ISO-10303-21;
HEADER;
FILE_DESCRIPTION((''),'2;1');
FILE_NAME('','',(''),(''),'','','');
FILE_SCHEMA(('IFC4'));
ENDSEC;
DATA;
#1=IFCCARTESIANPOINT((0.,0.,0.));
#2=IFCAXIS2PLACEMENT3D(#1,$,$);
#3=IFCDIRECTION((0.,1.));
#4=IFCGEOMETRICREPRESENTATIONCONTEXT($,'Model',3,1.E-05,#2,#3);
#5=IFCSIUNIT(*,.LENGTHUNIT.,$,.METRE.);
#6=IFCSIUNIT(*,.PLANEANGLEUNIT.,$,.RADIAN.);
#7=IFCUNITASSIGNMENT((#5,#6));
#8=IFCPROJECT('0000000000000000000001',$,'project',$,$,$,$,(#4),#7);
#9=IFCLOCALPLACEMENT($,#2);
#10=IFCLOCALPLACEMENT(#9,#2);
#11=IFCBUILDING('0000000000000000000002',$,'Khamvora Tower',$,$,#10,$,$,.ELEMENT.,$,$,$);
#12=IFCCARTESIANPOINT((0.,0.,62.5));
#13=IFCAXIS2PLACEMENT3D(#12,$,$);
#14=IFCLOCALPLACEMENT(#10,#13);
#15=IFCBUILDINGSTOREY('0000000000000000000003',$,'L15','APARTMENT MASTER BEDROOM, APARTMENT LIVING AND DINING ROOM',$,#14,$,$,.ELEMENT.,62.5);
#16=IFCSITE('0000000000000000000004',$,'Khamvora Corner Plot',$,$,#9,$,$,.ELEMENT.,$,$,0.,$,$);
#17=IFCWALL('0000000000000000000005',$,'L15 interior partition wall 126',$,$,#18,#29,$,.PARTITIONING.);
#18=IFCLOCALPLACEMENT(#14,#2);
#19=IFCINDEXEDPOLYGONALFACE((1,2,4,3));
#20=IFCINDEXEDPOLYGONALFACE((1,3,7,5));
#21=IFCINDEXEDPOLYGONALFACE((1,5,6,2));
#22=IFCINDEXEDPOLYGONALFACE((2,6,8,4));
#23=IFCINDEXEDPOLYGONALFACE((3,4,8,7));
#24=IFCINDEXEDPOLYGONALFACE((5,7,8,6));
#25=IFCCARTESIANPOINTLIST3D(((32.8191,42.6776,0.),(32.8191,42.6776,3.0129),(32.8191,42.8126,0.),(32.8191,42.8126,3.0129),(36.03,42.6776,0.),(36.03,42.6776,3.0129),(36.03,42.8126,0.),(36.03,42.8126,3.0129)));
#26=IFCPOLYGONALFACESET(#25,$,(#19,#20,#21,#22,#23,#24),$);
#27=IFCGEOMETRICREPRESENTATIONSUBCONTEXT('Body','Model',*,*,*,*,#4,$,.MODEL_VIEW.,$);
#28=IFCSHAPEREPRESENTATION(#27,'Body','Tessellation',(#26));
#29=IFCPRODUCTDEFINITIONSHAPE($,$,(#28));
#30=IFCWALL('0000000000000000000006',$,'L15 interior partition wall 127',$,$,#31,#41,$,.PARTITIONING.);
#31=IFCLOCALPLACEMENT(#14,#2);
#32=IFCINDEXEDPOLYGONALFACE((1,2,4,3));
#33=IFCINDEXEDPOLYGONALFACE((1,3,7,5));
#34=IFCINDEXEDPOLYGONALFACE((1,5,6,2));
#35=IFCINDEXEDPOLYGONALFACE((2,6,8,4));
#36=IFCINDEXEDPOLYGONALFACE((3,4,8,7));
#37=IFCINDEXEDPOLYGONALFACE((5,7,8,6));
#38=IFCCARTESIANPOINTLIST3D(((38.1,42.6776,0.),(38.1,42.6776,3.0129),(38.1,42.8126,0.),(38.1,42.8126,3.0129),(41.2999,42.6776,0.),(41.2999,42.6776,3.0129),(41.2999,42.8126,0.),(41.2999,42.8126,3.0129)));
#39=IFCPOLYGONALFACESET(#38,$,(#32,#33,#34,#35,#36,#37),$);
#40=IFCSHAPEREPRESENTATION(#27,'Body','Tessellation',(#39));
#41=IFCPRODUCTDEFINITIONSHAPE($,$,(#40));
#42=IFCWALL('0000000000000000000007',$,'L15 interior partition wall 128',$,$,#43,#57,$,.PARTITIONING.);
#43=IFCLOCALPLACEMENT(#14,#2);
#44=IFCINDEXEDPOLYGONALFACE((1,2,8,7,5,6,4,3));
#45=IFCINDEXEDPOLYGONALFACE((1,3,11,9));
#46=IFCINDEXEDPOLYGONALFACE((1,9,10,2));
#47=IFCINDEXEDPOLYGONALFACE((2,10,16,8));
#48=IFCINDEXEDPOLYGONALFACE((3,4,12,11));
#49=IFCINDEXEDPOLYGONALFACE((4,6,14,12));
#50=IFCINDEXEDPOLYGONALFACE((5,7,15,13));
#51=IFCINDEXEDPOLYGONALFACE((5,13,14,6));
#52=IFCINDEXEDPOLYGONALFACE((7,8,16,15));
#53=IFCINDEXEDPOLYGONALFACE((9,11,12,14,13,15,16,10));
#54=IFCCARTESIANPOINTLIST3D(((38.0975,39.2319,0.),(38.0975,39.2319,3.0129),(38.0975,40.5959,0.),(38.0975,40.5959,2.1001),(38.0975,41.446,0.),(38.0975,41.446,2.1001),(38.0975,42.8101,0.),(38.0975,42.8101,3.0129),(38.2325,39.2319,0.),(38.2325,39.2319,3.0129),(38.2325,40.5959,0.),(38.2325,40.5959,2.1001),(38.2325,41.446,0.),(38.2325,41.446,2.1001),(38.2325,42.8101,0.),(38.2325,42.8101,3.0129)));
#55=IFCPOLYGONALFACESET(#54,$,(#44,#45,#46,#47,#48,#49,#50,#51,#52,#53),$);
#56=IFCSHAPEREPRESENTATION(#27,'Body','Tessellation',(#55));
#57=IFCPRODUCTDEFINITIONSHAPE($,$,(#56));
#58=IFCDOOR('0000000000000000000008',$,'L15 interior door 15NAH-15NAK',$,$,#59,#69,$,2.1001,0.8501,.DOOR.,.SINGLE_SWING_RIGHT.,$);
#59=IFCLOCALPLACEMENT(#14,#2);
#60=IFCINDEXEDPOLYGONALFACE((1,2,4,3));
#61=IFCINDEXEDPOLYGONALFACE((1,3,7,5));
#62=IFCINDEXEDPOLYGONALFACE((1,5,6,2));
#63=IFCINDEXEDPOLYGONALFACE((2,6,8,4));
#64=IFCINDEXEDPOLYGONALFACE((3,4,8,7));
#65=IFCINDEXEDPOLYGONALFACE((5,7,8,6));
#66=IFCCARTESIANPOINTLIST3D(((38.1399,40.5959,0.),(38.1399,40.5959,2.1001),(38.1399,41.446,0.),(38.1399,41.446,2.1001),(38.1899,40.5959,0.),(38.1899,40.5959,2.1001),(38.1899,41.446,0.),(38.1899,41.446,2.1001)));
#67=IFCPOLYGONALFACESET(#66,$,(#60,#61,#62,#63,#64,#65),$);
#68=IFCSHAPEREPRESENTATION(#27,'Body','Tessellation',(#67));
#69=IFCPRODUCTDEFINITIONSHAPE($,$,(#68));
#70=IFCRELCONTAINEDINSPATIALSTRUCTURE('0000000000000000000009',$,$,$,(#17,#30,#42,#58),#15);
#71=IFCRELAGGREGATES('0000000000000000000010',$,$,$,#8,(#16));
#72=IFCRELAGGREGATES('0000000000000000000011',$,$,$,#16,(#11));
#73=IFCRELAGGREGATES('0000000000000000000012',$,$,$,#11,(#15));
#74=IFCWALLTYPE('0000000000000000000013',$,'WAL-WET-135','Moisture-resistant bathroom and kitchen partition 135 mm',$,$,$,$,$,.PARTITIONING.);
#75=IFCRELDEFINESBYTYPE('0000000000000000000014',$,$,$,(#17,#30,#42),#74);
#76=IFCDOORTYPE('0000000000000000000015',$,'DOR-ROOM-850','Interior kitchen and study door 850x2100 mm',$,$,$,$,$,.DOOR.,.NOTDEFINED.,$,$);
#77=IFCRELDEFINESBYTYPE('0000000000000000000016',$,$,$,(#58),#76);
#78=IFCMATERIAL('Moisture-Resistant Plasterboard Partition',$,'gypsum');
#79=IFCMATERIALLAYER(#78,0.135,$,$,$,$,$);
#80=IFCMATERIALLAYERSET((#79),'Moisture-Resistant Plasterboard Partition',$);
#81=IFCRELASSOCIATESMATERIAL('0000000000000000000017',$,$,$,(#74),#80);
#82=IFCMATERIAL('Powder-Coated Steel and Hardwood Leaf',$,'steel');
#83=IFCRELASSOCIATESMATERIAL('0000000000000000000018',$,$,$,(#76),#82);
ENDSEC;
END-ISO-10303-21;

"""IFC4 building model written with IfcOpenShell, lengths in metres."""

from ifc_helpers import new_model, si_unit, direction, frame, frame_2d, origin, place, context, subcontext, project, spatial, rectangle, extrude, material, layer, layer_set, type_object, element, fill, save


model = new_model("IFC4")

# Units and contexts
model_context = context("Model", 3, precision=1e-05, world=origin(), true_north=direction((0.0, 1.0)))
body_context = subcontext(model_context, "Body", "Model", "MODEL_VIEW")
ifc_project = project(units=[si_unit("LENGTHUNIT", "METRE"), si_unit("PLANEANGLEUNIT", "RADIAN")], contexts=[model_context])

# Site, building, storey
site_placement = place(None, origin())
site = spatial("IfcSite", under=ifc_project, at=site_placement, Name="Khamvora Corner Plot", CompositionType="ELEMENT", RefElevation=0.0)
building_placement = place(site_placement, origin())
building = spatial("IfcBuilding", under=site, at=building_placement, Name="Khamvora Tower", CompositionType="ELEMENT")
storey_placement = place(building_placement, frame((0.0, 0.0, 62.5)))
storey = spatial("IfcBuildingStorey", under=building, at=storey_placement, Name="L15", Description="APARTMENT MASTER BEDROOM, APARTMENT LIVING AND DINING ROOM", CompositionType="ELEMENT", Elevation=62.5)

# Shared definitions
ifc_material_1 = material(Name="Powder-Coated Steel and Hardwood Leaf", Category="steel")

# Shared definitions
ifc_material_2 = material(Name="Moisture-Resistant Plasterboard Partition", Category="gypsum")
ifc_layer_1 = layer(ifc_material_2, 0.135)
ifc_layer_set_1 = layer_set([ifc_layer_1], Name="Moisture-Resistant Plasterboard Partition")
wall_type_1 = type_object("IfcWallType", Name="WAL-WET-135", Description="Moisture-resistant bathroom and kitchen partition 135 mm", PredefinedType="PARTITIONING", material=ifc_layer_set_1)

# Walls
wall_1_placement = place(storey_placement, frame((36.03, 42.7451, 0.0), z_axis=(0.0, 0.0, 1.0), x_axis=(-1.0, 0.0, 0.0)))
element("IfcWall", 1, at=wall_1_placement, inside=storey, type_object=wall_type_1, Name="L15 interior partition wall 126", PredefinedType="PARTITIONING", context=body_context, shape_type="SweptSolid", body=[
    extrude(rectangle(XDim=3.2109, YDim=0.135, at=frame_2d((1.6055, 0.0))), origin(), (0.0, 0.0, 1.0), 3.0129),
])
wall_2_placement = place(storey_placement, frame((41.3, 42.7451, 0.0), z_axis=(0.0, 0.0, 1.0), x_axis=(-1.0, 0.0, 0.0)))
element("IfcWall", 2, at=wall_2_placement, inside=storey, type_object=wall_type_1, Name="L15 interior partition wall 127", PredefinedType="PARTITIONING", context=body_context, shape_type="SweptSolid", body=[
    extrude(rectangle(XDim=3.2, YDim=0.135, at=frame_2d((1.6001, 0.0))), origin(), (0.0, 0.0, 1.0), 3.0129),
])

# Wall, opening, door
wall_3_placement = place(storey_placement, frame((38.165, 42.8101, 0.0), z_axis=(0.0, 0.0, 1.0), x_axis=(0.0, -1.0, 0.0)))
wall_3 = element("IfcWall", 3, at=wall_3_placement, inside=storey, type_object=wall_type_1, Name="L15 interior partition wall 128", PredefinedType="PARTITIONING", context=body_context, shape_type="SweptSolid", body=[
    extrude(rectangle(XDim=3.5781, YDim=0.135, at=frame_2d((1.7891, 0.0))), origin(), (0.0, 0.0, 1.0), 3.0129),
])
opening_1_placement = place(wall_3_placement, frame((1.364, 0.0, 0.0)))
opening_1 = element("IfcOpeningElement", 4, at=opening_1_placement, cuts=wall_3, PredefinedType="OPENING", context=body_context, shape_type="SweptSolid", body=[
    extrude(rectangle(XDim=0.8501, YDim=2.1001, at=frame_2d((0.425, 1.05))), frame((0.0, 0.0774, 0.0), z_axis=(0.0, -1.0, 0.0), x_axis=(1.0, 0.0, 0.0)), (0.0, 0.0, 1.0), 0.155),
])
door_type_1 = type_object("IfcDoorType", Name="DOR-ROOM-850", Description="Interior kitchen and study door 850x2100 mm", OperationType="NOTDEFINED", PredefinedType="DOOR", material=ifc_material_1)
door_1_placement = place(opening_1_placement, origin())
door_1 = element("IfcDoor", 5, at=door_1_placement, inside=storey, type_object=door_type_1, Name="L15 interior door 15NAH-15NAK", OperationType="SINGLE_SWING_RIGHT", OverallHeight=2.1001, OverallWidth=0.8501, PredefinedType="DOOR", context=body_context, shape_type="SweptSolid", body=[
    extrude(rectangle(XDim=0.8501, YDim=2.1001, at=frame_2d((0.425, 1.05))), frame((0.0, 0.0249, 0.0), z_axis=(0.0, -1.0, 0.0), x_axis=(1.0, 0.0, 0.0)), (0.0, 0.0, 1.0), 0.05),
])
fill(opening_1, door_1)

save(model, "model.ifc")
